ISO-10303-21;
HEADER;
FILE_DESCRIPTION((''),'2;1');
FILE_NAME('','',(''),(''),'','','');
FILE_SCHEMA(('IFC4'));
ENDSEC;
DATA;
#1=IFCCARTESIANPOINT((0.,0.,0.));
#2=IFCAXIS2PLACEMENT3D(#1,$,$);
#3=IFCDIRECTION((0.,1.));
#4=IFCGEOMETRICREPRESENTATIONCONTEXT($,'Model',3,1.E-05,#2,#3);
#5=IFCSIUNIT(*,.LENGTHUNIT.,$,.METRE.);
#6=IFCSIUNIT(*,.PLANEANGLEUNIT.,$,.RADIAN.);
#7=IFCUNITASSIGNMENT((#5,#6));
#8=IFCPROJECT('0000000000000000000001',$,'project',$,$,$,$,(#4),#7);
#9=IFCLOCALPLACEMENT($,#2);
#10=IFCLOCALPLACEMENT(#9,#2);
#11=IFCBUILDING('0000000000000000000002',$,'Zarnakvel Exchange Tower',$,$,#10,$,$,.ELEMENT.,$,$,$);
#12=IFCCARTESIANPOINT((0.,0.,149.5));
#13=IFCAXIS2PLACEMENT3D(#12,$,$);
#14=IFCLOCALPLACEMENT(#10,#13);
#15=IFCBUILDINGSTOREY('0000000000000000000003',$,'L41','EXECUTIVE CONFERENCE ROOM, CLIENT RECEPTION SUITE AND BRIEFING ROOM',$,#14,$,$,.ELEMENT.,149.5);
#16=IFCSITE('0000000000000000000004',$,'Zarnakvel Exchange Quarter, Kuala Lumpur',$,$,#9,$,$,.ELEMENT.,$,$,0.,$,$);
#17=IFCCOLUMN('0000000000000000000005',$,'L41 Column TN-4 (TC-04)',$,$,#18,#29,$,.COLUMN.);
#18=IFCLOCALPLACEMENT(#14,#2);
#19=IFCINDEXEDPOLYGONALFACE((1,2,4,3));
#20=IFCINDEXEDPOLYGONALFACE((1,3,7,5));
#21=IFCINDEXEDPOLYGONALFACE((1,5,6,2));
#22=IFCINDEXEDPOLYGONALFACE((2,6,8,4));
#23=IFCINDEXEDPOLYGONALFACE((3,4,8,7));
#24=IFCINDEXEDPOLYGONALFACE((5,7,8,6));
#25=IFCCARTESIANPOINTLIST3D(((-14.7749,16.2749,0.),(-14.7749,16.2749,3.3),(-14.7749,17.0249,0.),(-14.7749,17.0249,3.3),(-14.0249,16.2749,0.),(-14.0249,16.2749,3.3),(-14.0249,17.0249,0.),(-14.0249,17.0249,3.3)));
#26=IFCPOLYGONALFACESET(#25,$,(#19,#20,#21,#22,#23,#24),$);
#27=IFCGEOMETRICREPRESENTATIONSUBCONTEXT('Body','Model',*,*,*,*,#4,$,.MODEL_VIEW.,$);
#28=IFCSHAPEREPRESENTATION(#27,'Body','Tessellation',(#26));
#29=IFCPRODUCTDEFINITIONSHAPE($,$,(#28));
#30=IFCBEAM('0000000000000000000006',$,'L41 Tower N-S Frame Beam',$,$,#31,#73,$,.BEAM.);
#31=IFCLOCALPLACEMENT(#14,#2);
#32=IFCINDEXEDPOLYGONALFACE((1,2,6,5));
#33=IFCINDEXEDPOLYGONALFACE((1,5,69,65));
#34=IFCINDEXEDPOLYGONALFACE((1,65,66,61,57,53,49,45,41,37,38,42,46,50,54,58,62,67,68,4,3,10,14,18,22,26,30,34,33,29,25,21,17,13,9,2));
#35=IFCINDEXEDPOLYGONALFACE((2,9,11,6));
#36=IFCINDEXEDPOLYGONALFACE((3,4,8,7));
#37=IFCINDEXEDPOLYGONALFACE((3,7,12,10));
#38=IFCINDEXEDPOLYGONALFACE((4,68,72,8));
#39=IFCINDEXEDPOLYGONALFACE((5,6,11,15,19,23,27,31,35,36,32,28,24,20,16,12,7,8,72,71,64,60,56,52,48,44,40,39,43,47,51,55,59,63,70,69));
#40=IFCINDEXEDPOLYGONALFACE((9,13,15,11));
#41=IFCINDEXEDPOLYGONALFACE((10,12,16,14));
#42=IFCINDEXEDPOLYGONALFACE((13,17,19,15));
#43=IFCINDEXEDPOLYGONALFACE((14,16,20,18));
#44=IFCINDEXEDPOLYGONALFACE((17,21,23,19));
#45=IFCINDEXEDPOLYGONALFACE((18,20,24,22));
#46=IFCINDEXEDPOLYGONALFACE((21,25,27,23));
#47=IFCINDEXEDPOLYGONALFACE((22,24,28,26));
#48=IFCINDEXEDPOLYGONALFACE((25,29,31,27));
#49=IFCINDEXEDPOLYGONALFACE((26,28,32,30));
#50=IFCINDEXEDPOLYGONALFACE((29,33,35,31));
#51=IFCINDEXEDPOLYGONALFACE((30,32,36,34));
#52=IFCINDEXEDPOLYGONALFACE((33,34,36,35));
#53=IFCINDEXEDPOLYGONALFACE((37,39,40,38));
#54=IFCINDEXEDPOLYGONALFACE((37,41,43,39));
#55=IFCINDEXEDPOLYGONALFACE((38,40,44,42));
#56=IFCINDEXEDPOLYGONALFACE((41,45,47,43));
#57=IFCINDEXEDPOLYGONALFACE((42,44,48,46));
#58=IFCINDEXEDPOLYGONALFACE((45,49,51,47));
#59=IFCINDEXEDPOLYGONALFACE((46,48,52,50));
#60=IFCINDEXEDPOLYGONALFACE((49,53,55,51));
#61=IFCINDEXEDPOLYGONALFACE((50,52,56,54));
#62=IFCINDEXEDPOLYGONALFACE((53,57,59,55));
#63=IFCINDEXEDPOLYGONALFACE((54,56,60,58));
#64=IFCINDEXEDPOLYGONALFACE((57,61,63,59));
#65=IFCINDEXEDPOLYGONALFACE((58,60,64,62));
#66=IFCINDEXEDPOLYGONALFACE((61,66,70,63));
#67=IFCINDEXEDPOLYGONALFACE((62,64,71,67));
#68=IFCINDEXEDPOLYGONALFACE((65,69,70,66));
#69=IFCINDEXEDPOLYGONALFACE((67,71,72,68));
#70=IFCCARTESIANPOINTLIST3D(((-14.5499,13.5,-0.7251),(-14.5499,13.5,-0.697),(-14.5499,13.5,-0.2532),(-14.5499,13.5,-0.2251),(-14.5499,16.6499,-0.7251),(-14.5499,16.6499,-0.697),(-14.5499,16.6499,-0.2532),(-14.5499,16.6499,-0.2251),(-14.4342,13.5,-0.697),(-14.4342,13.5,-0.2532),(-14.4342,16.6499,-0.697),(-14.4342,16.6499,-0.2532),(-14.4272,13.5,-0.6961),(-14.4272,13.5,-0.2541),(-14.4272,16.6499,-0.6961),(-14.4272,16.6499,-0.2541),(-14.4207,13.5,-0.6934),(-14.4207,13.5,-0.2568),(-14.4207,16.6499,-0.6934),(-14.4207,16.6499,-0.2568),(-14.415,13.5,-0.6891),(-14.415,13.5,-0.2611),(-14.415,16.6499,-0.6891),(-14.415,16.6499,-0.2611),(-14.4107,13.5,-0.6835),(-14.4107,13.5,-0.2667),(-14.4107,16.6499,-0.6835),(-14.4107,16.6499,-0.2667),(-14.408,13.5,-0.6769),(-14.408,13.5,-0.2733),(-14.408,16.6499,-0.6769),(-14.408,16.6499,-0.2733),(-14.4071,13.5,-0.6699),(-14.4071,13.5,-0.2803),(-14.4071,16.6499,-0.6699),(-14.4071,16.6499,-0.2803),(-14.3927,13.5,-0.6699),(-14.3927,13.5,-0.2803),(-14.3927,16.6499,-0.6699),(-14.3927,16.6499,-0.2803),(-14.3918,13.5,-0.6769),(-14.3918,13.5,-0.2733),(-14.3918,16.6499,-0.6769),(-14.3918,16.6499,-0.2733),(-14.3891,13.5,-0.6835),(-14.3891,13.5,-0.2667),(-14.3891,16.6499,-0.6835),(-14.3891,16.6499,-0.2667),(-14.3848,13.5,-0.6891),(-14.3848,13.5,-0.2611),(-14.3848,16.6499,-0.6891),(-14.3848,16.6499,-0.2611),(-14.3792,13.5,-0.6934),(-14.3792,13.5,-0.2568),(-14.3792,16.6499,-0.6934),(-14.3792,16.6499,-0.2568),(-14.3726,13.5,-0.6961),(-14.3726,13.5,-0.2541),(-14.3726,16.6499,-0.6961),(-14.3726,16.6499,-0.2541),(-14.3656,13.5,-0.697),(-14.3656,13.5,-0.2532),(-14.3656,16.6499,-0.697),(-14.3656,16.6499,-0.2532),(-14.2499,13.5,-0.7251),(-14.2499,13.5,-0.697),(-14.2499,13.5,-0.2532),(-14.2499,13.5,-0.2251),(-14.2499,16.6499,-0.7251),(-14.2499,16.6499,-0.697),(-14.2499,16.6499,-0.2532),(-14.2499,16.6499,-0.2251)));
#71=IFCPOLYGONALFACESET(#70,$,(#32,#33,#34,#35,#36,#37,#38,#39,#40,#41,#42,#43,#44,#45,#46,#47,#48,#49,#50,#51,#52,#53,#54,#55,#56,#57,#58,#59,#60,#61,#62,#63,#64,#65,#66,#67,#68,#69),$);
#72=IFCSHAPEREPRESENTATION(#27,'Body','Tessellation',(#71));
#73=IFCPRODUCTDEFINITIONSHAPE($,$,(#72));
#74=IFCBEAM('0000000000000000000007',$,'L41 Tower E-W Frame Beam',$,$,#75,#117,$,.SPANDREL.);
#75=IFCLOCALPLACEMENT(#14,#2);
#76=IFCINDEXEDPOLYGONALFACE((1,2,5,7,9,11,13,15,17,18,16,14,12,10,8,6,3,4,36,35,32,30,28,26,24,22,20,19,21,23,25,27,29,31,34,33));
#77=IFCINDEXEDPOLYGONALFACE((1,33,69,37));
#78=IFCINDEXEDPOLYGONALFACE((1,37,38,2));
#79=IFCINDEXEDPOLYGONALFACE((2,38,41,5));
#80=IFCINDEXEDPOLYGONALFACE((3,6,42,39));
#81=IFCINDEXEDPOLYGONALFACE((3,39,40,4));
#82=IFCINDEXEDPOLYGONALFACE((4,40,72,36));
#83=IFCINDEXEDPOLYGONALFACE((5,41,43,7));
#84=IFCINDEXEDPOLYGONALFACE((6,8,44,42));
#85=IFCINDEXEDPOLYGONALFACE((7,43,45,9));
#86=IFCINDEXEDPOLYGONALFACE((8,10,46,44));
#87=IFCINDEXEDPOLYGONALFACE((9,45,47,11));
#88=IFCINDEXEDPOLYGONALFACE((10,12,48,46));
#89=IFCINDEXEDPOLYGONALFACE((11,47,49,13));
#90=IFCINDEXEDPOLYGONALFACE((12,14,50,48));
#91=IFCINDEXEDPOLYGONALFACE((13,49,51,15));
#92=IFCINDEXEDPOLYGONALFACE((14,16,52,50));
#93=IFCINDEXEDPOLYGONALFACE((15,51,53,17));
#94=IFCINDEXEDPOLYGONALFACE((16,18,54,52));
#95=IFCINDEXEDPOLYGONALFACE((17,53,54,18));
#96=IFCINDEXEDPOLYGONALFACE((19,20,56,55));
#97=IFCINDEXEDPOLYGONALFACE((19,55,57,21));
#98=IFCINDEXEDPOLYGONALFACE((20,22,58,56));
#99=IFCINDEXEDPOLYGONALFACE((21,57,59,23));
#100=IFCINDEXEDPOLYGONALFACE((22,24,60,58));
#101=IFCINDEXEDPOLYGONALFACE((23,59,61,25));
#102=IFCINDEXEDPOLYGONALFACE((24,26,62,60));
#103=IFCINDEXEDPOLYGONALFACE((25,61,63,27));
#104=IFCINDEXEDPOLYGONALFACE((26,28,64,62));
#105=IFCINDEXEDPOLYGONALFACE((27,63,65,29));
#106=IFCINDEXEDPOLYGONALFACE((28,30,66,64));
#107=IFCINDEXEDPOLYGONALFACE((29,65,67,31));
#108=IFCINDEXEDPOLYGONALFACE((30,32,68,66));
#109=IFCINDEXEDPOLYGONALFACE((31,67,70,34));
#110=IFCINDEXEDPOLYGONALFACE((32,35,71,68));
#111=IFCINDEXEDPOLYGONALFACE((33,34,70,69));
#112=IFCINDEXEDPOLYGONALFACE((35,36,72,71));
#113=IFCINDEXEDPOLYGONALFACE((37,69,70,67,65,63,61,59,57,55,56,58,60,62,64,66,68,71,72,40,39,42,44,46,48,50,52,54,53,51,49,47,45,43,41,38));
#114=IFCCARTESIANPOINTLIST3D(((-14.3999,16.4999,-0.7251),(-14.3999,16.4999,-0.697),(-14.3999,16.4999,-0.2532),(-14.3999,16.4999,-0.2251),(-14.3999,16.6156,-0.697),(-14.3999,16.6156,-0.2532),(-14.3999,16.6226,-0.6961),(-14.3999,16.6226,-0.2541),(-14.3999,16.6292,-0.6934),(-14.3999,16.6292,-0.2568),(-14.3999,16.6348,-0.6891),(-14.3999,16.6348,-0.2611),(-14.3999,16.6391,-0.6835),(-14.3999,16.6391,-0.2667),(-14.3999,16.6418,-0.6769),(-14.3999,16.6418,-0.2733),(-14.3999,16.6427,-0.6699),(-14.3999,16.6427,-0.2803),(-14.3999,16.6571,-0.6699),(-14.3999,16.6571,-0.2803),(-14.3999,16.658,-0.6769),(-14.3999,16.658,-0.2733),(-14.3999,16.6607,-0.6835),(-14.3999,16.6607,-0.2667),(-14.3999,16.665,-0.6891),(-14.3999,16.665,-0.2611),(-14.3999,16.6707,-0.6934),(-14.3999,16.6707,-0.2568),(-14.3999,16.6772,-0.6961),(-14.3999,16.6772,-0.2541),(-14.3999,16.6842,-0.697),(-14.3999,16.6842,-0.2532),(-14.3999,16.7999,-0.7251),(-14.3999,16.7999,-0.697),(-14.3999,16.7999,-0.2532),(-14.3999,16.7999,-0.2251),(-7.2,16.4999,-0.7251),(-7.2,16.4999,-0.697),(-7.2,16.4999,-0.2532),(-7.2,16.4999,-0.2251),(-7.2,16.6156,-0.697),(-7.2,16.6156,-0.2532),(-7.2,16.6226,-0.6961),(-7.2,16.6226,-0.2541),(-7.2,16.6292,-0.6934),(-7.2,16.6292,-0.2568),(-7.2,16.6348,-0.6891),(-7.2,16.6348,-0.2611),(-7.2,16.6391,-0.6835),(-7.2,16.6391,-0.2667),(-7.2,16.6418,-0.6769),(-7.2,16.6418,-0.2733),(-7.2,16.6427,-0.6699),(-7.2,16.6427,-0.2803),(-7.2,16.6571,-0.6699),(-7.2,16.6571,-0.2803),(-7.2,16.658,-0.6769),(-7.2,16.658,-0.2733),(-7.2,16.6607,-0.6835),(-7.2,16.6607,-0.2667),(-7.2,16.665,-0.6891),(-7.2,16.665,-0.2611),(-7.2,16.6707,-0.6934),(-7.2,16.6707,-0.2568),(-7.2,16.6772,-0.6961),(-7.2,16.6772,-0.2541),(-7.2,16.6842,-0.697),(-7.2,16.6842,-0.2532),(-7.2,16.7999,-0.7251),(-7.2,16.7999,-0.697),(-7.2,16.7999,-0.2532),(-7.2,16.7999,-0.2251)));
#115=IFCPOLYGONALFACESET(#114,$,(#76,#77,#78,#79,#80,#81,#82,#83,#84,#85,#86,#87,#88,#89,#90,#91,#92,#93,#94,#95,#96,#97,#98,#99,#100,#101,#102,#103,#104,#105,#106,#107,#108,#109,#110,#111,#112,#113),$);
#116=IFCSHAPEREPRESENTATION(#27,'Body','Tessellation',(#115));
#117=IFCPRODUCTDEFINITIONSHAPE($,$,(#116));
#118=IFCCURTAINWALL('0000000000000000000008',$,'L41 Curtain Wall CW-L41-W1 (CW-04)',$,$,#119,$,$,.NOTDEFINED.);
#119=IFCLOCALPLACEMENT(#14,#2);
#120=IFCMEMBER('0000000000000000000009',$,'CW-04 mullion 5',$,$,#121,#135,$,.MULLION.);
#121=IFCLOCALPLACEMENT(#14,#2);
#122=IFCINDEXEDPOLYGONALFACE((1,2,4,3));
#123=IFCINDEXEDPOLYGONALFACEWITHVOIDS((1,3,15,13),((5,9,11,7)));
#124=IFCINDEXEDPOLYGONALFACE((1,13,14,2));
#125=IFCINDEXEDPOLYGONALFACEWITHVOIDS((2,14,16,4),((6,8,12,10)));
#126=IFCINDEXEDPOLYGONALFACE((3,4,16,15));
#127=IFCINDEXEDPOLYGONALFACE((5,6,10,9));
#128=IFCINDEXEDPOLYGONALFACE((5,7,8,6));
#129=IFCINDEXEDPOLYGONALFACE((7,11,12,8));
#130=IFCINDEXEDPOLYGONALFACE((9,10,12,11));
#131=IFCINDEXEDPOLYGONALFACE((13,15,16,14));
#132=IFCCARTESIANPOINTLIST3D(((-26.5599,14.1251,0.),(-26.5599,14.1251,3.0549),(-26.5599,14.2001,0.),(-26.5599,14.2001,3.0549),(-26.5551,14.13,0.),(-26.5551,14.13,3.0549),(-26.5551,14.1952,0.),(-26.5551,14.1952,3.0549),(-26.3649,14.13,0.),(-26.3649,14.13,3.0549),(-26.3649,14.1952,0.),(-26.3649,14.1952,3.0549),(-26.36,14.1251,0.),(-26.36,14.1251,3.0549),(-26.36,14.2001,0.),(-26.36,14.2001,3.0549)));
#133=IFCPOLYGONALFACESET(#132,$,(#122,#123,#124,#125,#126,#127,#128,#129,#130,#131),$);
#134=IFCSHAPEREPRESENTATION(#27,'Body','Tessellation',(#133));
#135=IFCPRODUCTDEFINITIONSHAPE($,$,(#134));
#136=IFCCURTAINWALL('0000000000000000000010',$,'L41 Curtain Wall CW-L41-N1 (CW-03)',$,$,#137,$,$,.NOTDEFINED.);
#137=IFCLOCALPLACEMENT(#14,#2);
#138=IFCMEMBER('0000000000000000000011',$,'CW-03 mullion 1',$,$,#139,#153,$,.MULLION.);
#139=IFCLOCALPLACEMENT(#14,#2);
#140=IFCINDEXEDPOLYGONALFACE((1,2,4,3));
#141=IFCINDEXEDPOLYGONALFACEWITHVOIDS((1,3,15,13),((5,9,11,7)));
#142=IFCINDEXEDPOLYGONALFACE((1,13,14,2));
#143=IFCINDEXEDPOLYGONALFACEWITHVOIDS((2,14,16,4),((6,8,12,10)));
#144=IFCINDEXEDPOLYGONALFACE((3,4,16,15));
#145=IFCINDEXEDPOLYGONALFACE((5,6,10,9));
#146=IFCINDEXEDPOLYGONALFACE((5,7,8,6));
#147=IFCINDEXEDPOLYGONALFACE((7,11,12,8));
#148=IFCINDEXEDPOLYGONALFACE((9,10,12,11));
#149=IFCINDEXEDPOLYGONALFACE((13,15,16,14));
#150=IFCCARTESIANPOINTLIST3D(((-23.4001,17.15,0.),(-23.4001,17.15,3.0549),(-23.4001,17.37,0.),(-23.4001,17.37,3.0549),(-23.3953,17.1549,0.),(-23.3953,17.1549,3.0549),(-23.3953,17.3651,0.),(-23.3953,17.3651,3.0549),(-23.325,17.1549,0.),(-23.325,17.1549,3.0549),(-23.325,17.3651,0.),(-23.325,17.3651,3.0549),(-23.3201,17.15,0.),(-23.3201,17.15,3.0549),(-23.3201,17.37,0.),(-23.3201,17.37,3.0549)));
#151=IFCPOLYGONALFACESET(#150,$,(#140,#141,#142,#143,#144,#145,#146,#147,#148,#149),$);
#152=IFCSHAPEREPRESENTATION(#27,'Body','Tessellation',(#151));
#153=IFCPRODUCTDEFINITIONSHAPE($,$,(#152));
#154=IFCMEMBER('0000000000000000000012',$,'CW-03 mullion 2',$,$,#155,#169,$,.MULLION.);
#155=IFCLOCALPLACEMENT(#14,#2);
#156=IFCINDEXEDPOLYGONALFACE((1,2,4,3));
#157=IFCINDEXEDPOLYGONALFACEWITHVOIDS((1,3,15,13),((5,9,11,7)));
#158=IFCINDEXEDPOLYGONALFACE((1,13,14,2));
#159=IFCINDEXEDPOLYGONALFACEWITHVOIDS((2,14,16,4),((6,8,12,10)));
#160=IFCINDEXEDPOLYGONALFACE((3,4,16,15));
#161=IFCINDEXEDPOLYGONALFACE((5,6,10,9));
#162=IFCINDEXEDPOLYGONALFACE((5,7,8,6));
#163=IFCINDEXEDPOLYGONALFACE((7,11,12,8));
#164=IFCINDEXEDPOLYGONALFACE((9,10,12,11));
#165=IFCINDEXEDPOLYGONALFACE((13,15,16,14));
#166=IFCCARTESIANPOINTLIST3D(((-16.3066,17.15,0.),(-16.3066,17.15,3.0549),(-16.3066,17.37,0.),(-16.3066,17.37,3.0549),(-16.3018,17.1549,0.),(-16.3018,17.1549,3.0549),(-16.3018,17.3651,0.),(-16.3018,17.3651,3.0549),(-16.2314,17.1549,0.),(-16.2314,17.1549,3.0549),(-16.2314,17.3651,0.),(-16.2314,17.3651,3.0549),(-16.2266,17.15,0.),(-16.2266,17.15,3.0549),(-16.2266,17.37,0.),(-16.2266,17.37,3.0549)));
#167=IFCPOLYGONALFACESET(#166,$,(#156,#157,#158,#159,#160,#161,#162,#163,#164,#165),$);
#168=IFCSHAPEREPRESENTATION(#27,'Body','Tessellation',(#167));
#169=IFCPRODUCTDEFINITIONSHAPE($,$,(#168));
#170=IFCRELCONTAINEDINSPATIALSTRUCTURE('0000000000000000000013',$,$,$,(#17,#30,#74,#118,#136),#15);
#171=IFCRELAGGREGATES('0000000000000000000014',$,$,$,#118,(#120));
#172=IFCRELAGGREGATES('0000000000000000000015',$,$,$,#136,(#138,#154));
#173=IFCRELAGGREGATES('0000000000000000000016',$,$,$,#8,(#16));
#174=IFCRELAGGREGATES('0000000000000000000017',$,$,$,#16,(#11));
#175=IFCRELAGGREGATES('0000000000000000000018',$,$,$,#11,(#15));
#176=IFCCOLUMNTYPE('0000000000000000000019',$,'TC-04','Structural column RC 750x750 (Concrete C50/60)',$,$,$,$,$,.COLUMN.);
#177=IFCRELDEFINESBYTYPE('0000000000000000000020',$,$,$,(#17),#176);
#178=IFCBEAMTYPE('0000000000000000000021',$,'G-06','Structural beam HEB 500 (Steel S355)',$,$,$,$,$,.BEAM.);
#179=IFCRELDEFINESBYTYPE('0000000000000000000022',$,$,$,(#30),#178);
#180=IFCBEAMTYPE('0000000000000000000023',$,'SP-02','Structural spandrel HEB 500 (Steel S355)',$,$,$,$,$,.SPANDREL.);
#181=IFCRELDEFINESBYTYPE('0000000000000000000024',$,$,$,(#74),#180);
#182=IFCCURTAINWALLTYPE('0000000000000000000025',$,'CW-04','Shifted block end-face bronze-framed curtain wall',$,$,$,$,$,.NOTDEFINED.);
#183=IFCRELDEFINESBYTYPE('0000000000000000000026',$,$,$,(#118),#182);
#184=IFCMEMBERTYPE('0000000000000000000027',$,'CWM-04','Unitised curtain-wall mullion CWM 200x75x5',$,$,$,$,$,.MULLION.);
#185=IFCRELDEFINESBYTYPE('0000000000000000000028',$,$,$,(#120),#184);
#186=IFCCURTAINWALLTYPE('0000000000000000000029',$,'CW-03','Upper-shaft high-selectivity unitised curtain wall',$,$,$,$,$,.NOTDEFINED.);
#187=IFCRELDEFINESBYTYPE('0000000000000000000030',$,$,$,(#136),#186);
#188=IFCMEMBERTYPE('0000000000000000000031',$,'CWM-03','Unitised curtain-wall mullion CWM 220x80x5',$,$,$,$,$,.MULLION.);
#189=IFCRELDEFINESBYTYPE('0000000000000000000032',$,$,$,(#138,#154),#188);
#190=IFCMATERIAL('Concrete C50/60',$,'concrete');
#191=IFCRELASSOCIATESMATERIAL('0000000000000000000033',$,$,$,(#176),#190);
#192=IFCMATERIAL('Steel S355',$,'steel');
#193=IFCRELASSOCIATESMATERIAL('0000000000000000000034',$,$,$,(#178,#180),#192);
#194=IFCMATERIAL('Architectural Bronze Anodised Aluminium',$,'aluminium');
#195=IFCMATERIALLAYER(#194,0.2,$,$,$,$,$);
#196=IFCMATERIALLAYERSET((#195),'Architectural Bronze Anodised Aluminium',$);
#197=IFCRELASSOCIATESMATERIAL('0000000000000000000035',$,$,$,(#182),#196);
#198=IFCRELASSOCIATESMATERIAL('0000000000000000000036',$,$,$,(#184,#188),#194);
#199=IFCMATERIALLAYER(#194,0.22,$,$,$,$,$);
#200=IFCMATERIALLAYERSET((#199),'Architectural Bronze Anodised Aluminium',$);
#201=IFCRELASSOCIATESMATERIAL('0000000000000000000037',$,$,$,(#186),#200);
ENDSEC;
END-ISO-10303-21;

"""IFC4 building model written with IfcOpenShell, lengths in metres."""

from ifc_helpers import new_model, si_unit, direction, frame, origin, origin_2d, place, context, subcontext, project, spatial, rectangle, hollow_rectangle, i_section, extrude, source, transform, mapped, material, layer, layer_set, material_profile, profile_set, type_object, element, aggregate, save


model = new_model("IFC4")

# Units and contexts
model_context = context("Model", 3, precision=1e-05, world=origin(), true_north=direction((0.0, 1.0)))
body_context = subcontext(model_context, "Body", "Model", "MODEL_VIEW")
ifc_project = project(units=[si_unit("LENGTHUNIT", "METRE"), si_unit("PLANEANGLEUNIT", "RADIAN")], contexts=[model_context])

# Site, building, storey
site_placement = place(None, origin())
site = spatial("IfcSite", under=ifc_project, at=site_placement, Name="Zarnakvel Exchange Quarter, Kuala Lumpur", CompositionType="ELEMENT", RefElevation=0.0)
building_placement = place(site_placement, origin())
building = spatial("IfcBuilding", under=site, at=building_placement, Name="Zarnakvel Exchange Tower", CompositionType="ELEMENT")
storey_placement = place(building_placement, frame((0.0, 0.0, 149.5)))
storey = spatial("IfcBuildingStorey", under=building, at=storey_placement, Name="L41", Description="EXECUTIVE CONFERENCE ROOM, CLIENT RECEPTION SUITE AND BRIEFING ROOM", CompositionType="ELEMENT", Elevation=149.5)

# Column
ifc_material_1 = material(Name="Concrete C50/60", Category="concrete")
ifc_material_profile_1 = material_profile(ifc_material_1, rectangle(XDim=0.75, YDim=0.75, at=origin_2d()))
ifc_profile_set_1 = profile_set([ifc_material_profile_1], Name="Concrete C50/60")
column_type = type_object("IfcColumnType", Name="TC-04", Description="Structural column RC 750x750 (Concrete C50/60)", PredefinedType="COLUMN", material=ifc_profile_set_1)
column_placement = place(storey_placement, frame((-14.3999, 16.6499, 0.0), z_axis=(0.0, 0.0, 1.0), x_axis=(1.0, 0.0, 0.0)))
element("IfcColumn", 1, at=column_placement, inside=storey, type_object=column_type, Name="L41 Column TN-4 (TC-04)", PredefinedType="COLUMN", context=body_context, shape_type="SweptSolid", body=[
    extrude(rectangle(XDim=0.75, YDim=0.75, at=origin_2d()), origin(), (0.0, 0.0, 1.0), 3.3),
])

# Beams
ifc_material_2 = material(Name="Steel S355", Category="steel")
ifc_material_profile_2 = material_profile(ifc_material_2, i_section(OverallWidth=0.3, OverallDepth=0.5, WebThickness=0.0144, FlangeThickness=0.0281, FilletRadius=0.0271, at=origin_2d()))
ifc_profile_set_2 = profile_set([ifc_material_profile_2], Name="Steel S355")
beam_type_1 = type_object("IfcBeamType", Name="G-06", Description="Structural beam HEB 500 (Steel S355)", PredefinedType="BEAM", material=ifc_profile_set_2)
beam_1_placement = place(storey_placement, frame((-14.3999, 13.5, -0.4751), z_axis=(0.0, 1.0, 0.0), x_axis=(-1.0, 0.0, 0.0)))
element("IfcBeam", 2, at=beam_1_placement, inside=storey, type_object=beam_type_1, Name="L41 Tower N-S Frame Beam", PredefinedType="BEAM", context=body_context, shape_type="SweptSolid", body=[
    extrude(i_section(OverallWidth=0.3, OverallDepth=0.5, WebThickness=0.0144, FlangeThickness=0.0281, FilletRadius=0.0271, at=origin_2d()), origin(), (0.0, 0.0, 1.0), 3.1499),
])
ifc_material_profile_3 = material_profile(ifc_material_2, i_section(OverallWidth=0.3, OverallDepth=0.5, WebThickness=0.0144, FlangeThickness=0.0281, FilletRadius=0.0271, at=origin_2d()))
ifc_profile_set_3 = profile_set([ifc_material_profile_3], Name="Steel S355")
beam_type_2 = type_object("IfcBeamType", Name="SP-02", Description="Structural spandrel HEB 500 (Steel S355)", PredefinedType="SPANDREL", material=ifc_profile_set_3)
beam_2_placement = place(storey_placement, frame((-14.3999, 16.6499, -0.4751), z_axis=(1.0, 0.0, 0.0), x_axis=(0.0, 1.0, 0.0)))
element("IfcBeam", 3, at=beam_2_placement, inside=storey, type_object=beam_type_2, Name="L41 Tower E-W Frame Beam", PredefinedType="SPANDREL", context=body_context, shape_type="SweptSolid", body=[
    extrude(i_section(OverallWidth=0.3, OverallDepth=0.5, WebThickness=0.0144, FlangeThickness=0.0281, FilletRadius=0.0271, at=origin_2d()), origin(), (0.0, 0.0, 1.0), 7.2),
])

# Curtain wall, member
ifc_material_3 = material(Name="Architectural Bronze Anodised Aluminium", Category="aluminium")
ifc_layer_1 = layer(ifc_material_3, 0.2)
ifc_layer_set_1 = layer_set([ifc_layer_1], Name="Architectural Bronze Anodised Aluminium")
curtain_wall_type_1 = type_object("IfcCurtainWallType", Name="CW-04", Description="Shifted block end-face bronze-framed curtain wall", PredefinedType="NOTDEFINED", material=ifc_layer_set_1)
curtain_wall_1_placement = place(storey_placement, origin())
curtain_wall_1 = element("IfcCurtainWall", 4, at=curtain_wall_1_placement, inside=storey, type_object=curtain_wall_type_1, Name="L41 Curtain Wall CW-L41-W1 (CW-04)", PredefinedType="NOTDEFINED")
ifc_material_profile_4 = material_profile(ifc_material_3, hollow_rectangle(XDim=0.2, YDim=0.075, WallThickness=0.0049, at=origin_2d()))
ifc_profile_set_4 = profile_set([ifc_material_profile_4], Name="Architectural Bronze Anodised Aluminium")
member_type_1 = type_object("IfcMemberType", Name="CWM-04", Description="Unitised curtain-wall mullion CWM 200x75x5", PredefinedType="MULLION", material=ifc_profile_set_4)
shared_shape_1 = source(origin(), body_context, "Body", "SweptSolid", [
    extrude(hollow_rectangle(XDim=0.2, YDim=0.075, WallThickness=0.0049, at=origin_2d()), origin(), (0.0, 0.0, 1.0), 3.0549),
])
member_1_placement = place(storey_placement, frame((-26.46, 14.1626, 0.0), z_axis=(0.0, 0.0, 1.0), x_axis=(-1.0, 0.0, 0.0)))
member_1 = element("IfcMember", 5, at=member_1_placement, type_object=member_type_1, Name="CW-04 mullion 5", PredefinedType="MULLION", context=body_context, shape_type="MappedRepresentation", body=[
    mapped(shared_shape_1, transform((0.0, 0.0, 0.0), x_axis=(1.0, 0.0, 0.0), y_axis=(0.0, 1.0, 0.0), z_axis=(0.0, 0.0, 1.0), scale=1.0)),
])
aggregate(curtain_wall_1, [member_1])

# Curtain wall, members
ifc_layer_2 = layer(ifc_material_3, 0.22)
ifc_layer_set_2 = layer_set([ifc_layer_2], Name="Architectural Bronze Anodised Aluminium")
curtain_wall_type_2 = type_object("IfcCurtainWallType", Name="CW-03", Description="Upper-shaft high-selectivity unitised curtain wall", PredefinedType="NOTDEFINED", material=ifc_layer_set_2)
curtain_wall_2_placement = place(storey_placement, origin())
curtain_wall_2 = element("IfcCurtainWall", 6, at=curtain_wall_2_placement, inside=storey, type_object=curtain_wall_type_2, Name="L41 Curtain Wall CW-L41-N1 (CW-03)", PredefinedType="NOTDEFINED")
ifc_material_profile_5 = material_profile(ifc_material_3, hollow_rectangle(XDim=0.22, YDim=0.0801, WallThickness=0.0049, at=origin_2d()))
ifc_profile_set_5 = profile_set([ifc_material_profile_5], Name="Architectural Bronze Anodised Aluminium")
member_type_2 = type_object("IfcMemberType", Name="CWM-03", Description="Unitised curtain-wall mullion CWM 220x80x5", PredefinedType="MULLION", material=ifc_profile_set_5)
shared_shape_2 = source(origin(), body_context, "Body", "SweptSolid", [
    extrude(hollow_rectangle(XDim=0.22, YDim=0.0801, WallThickness=0.0049, at=origin_2d()), origin(), (0.0, 0.0, 1.0), 3.0549),
])
member_2_placement = place(storey_placement, frame((-23.3601, 17.26, 0.0), z_axis=(0.0, 0.0, 1.0), x_axis=(0.0, 1.0, 0.0)))
member_2 = element("IfcMember", 7, at=member_2_placement, type_object=member_type_2, Name="CW-03 mullion 1", PredefinedType="MULLION", context=body_context, shape_type="MappedRepresentation", body=[
    mapped(shared_shape_2, transform((0.0, 0.0, 0.0), x_axis=(1.0, 0.0, 0.0), y_axis=(0.0, 1.0, 0.0), z_axis=(0.0, 0.0, 1.0), scale=1.0)),
])
member_3_placement = place(storey_placement, frame((-16.2666, 17.26, 0.0), z_axis=(0.0, 0.0, 1.0), x_axis=(0.0, 1.0, 0.0)))
member_3 = element("IfcMember", 8, at=member_3_placement, type_object=member_type_2, Name="CW-03 mullion 2", PredefinedType="MULLION", context=body_context, shape_type="MappedRepresentation", body=[
    mapped(shared_shape_2, transform((0.0, 0.0, 0.0), x_axis=(1.0, 0.0, 0.0), y_axis=(0.0, 1.0, 0.0), z_axis=(0.0, 0.0, 1.0), scale=1.0)),
])
aggregate(curtain_wall_2, [member_2, member_3])

save(model, "model.ifc")
